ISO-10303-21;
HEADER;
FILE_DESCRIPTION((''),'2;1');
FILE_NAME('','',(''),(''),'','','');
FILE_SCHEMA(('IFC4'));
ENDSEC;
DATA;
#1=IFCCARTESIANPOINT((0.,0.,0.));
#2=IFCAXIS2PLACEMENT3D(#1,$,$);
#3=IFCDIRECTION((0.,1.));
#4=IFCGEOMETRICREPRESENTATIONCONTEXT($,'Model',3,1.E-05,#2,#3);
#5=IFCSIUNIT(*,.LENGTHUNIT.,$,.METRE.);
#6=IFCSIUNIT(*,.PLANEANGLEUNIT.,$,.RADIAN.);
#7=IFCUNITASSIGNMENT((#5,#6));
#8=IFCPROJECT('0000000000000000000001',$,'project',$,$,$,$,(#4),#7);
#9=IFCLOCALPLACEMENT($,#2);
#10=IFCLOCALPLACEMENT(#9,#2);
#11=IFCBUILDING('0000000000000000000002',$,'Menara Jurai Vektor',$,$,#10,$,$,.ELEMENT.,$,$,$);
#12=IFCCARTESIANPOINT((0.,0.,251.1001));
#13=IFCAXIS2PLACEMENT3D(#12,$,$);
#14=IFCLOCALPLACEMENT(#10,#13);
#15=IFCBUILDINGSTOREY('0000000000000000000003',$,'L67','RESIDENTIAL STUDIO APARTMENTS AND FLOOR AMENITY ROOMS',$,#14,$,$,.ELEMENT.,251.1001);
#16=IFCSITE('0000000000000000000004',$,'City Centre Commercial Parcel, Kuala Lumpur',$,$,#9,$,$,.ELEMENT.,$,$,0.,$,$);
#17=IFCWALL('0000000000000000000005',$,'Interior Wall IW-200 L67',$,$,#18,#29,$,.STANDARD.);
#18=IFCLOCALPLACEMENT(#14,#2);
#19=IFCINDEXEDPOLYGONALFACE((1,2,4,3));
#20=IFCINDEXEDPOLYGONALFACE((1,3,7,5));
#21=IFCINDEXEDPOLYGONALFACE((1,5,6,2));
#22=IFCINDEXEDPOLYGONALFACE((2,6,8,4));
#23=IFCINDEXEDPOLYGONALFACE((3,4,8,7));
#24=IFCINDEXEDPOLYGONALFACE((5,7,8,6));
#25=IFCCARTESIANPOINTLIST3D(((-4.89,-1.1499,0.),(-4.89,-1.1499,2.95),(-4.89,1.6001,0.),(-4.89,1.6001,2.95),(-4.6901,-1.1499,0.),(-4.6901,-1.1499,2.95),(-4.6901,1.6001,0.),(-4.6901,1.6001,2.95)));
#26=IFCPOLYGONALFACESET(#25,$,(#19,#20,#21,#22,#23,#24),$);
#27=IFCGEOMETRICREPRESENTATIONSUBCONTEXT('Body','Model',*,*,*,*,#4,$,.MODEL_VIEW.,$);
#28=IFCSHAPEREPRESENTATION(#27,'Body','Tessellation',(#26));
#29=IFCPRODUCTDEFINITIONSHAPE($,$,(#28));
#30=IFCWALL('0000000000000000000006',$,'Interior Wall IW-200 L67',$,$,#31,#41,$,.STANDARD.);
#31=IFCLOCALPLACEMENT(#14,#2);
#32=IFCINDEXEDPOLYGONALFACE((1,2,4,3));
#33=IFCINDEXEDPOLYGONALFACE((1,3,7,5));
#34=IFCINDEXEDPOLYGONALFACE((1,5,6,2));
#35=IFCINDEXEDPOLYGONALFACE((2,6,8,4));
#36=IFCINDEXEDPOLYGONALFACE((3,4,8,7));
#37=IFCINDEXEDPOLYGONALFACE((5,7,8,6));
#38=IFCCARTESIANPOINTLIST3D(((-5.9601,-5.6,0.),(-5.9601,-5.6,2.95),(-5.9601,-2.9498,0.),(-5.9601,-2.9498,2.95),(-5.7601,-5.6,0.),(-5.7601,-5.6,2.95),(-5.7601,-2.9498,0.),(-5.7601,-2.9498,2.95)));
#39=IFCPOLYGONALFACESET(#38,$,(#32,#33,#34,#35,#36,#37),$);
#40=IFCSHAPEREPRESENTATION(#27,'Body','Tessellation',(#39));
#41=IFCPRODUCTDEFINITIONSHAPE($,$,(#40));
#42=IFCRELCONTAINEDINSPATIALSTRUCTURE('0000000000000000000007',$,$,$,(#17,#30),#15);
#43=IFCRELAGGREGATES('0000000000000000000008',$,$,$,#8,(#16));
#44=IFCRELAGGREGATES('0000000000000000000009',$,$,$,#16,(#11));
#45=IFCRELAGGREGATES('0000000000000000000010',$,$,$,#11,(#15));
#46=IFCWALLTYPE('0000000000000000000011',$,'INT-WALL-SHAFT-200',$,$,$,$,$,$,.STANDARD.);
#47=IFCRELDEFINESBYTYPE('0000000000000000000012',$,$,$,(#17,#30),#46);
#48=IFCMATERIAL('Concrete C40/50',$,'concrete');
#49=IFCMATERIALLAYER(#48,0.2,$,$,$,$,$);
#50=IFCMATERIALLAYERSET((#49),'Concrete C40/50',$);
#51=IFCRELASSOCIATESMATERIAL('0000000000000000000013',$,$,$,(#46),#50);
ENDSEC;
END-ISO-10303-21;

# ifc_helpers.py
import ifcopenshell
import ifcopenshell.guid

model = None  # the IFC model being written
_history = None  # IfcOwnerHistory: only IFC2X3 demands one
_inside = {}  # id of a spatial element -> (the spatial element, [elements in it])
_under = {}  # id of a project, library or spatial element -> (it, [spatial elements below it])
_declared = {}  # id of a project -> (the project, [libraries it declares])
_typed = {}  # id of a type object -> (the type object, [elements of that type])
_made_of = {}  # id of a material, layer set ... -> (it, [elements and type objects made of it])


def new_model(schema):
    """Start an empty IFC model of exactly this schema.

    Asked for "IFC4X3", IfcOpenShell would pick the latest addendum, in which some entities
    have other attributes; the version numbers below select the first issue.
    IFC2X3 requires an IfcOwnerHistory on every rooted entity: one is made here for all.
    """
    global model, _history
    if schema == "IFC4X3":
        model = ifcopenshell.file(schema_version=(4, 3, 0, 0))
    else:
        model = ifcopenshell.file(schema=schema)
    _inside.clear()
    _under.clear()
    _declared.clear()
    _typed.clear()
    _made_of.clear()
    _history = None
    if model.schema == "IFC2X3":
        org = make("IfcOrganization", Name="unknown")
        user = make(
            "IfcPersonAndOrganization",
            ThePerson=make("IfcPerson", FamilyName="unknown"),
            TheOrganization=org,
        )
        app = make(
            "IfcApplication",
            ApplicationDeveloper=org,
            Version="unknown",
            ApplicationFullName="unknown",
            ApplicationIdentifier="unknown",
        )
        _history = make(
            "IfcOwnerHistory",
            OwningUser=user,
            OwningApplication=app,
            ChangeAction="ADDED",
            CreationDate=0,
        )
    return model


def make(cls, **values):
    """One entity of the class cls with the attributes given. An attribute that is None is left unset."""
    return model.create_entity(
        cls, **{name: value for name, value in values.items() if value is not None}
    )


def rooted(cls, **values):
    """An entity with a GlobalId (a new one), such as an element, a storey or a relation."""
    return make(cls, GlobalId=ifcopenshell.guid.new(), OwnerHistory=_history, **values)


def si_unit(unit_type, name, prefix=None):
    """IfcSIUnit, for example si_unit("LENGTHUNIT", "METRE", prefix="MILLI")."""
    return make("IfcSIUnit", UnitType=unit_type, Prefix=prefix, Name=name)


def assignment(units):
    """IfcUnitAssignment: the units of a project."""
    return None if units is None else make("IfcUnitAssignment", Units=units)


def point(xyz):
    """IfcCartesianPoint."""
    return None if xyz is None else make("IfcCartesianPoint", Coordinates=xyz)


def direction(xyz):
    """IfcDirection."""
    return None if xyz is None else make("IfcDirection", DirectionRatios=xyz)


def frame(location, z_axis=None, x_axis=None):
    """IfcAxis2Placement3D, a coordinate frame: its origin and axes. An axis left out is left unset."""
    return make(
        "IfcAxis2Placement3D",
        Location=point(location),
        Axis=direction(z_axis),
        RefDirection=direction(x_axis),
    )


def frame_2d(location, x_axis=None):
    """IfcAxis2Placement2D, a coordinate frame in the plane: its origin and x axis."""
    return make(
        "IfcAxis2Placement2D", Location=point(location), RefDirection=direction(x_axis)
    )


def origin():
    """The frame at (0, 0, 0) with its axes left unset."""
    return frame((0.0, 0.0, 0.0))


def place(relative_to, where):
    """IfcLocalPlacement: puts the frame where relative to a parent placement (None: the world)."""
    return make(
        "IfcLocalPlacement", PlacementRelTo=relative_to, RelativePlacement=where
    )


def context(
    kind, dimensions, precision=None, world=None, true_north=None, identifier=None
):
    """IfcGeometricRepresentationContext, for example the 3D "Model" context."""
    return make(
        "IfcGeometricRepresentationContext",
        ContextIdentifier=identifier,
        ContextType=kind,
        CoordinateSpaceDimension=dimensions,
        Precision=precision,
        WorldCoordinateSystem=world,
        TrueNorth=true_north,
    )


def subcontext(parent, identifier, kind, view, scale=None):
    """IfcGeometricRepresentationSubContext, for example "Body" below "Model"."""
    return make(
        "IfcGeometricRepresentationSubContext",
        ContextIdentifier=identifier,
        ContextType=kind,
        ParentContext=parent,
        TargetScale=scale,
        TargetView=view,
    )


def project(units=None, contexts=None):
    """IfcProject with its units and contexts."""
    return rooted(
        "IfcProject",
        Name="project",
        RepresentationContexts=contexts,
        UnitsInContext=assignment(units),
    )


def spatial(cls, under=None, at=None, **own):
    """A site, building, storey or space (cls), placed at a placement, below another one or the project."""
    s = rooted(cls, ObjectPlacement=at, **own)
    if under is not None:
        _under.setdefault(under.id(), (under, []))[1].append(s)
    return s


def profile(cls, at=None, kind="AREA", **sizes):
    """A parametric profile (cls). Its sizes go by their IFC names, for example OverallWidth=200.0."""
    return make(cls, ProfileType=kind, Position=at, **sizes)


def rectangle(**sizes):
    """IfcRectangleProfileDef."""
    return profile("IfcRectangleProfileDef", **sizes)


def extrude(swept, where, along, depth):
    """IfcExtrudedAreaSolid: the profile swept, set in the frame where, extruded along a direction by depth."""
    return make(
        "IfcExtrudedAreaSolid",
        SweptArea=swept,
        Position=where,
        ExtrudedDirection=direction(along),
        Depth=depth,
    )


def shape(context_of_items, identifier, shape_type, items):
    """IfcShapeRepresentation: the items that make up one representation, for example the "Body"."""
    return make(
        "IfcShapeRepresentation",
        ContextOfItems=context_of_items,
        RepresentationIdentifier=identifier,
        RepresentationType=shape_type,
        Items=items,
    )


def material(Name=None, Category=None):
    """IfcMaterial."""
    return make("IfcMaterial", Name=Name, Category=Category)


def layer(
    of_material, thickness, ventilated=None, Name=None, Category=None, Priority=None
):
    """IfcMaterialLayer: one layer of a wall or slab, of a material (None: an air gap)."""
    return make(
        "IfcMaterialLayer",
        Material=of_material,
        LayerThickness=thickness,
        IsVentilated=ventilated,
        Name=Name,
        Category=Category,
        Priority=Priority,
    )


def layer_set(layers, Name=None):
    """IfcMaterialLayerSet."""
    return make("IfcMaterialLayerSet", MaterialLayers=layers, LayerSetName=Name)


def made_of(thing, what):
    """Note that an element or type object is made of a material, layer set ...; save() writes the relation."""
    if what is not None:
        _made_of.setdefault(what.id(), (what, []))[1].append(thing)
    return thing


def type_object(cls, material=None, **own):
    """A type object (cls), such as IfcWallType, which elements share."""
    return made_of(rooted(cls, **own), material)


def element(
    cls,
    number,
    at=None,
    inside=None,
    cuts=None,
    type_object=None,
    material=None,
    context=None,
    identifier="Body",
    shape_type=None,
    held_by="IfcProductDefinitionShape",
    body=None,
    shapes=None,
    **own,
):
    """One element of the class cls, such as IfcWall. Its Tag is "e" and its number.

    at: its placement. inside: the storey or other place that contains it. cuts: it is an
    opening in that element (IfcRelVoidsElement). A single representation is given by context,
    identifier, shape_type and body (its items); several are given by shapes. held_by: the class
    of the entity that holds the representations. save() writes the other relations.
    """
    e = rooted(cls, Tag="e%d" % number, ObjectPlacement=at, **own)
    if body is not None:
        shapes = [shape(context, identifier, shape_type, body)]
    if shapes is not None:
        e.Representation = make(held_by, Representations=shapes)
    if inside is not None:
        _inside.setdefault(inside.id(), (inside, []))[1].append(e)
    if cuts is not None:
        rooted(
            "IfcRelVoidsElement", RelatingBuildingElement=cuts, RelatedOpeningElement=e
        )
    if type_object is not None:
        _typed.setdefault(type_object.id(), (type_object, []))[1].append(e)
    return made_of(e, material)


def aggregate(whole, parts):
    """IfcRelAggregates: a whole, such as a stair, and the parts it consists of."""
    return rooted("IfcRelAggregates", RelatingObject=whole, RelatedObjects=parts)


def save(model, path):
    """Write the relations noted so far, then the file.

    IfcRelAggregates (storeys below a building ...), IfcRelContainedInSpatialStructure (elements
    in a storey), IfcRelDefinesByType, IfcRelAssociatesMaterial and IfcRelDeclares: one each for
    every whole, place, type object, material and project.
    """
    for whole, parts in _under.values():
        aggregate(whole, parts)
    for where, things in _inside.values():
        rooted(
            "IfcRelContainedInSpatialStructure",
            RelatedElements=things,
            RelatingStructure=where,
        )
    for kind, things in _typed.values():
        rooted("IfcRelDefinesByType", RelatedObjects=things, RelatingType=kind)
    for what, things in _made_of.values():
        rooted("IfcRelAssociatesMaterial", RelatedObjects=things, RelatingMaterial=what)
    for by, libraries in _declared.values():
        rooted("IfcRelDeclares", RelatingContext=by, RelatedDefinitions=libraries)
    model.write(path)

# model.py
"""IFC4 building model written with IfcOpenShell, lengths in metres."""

from ifc_helpers import new_model, si_unit, direction, frame, frame_2d, origin, place, context, subcontext, project, spatial, rectangle, extrude, material, layer, layer_set, type_object, element, save


model = new_model("IFC4")

# Units and contexts
model_context = context("Model", 3, precision=1e-05, world=origin(), true_north=direction((0.0, 1.0)))
body_context = subcontext(model_context, "Body", "Model", "MODEL_VIEW")
ifc_project = project(units=[si_unit("LENGTHUNIT", "METRE"), si_unit("PLANEANGLEUNIT", "RADIAN")], contexts=[model_context])

# Site, building, storey
site_placement = place(None, origin())
site = spatial("IfcSite", under=ifc_project, at=site_placement, Name="City Centre Commercial Parcel, Kuala Lumpur", CompositionType="ELEMENT", RefElevation=0.0)
building_placement = place(site_placement, origin())
building = spatial("IfcBuilding", under=site, at=building_placement, Name="Menara Jurai Vektor", CompositionType="ELEMENT")
storey_placement = place(building_placement, frame((0.0, 0.0, 251.1001)))
storey = spatial("IfcBuildingStorey", under=building, at=storey_placement, Name="L67", Description="RESIDENTIAL STUDIO APARTMENTS AND FLOOR AMENITY ROOMS", CompositionType="ELEMENT", Elevation=251.1001)

# Shared definitions
ifc_material_1 = material(Name="Concrete C40/50", Category="concrete")

# Shared definitions
ifc_layer_1 = layer(ifc_material_1, 0.2)
ifc_layer_set_1 = layer_set([ifc_layer_1], Name="Concrete C40/50")
wall_type_1 = type_object("IfcWallType", Name="INT-WALL-SHAFT-200", PredefinedType="STANDARD", material=ifc_layer_set_1)

# Wall
wall_1_placement = place(storey_placement, frame((-4.79, -1.1499, 0.0), z_axis=(0.0, 0.0, 1.0), x_axis=(0.0, 1.0, 0.0)))
element("IfcWall", 1, at=wall_1_placement, inside=storey, type_object=wall_type_1, Name="Interior Wall IW-200 L67", PredefinedType="STANDARD", context=body_context, shape_type="SweptSolid", body=[
    extrude(rectangle(XDim=2.75, YDim=0.2, at=frame_2d((1.375, 0.0))), origin(), (0.0, 0.0, 1.0), 2.95),
])

# Wall
wall_2_placement = place(storey_placement, frame((-5.8601, -5.6001, 0.0), z_axis=(0.0, 0.0, 1.0), x_axis=(0.0, 1.0, 0.0)))
element("IfcWall", 2, at=wall_2_placement, inside=storey, type_object=wall_type_1, Name="Interior Wall IW-200 L67", PredefinedType="STANDARD", context=body_context, shape_type="SweptSolid", body=[
    extrude(rectangle(XDim=2.6501, YDim=0.2, at=frame_2d((1.3252, 0.0))), origin(), (0.0, 0.0, 1.0), 2.95),
])

save(model, "model.ifc")
